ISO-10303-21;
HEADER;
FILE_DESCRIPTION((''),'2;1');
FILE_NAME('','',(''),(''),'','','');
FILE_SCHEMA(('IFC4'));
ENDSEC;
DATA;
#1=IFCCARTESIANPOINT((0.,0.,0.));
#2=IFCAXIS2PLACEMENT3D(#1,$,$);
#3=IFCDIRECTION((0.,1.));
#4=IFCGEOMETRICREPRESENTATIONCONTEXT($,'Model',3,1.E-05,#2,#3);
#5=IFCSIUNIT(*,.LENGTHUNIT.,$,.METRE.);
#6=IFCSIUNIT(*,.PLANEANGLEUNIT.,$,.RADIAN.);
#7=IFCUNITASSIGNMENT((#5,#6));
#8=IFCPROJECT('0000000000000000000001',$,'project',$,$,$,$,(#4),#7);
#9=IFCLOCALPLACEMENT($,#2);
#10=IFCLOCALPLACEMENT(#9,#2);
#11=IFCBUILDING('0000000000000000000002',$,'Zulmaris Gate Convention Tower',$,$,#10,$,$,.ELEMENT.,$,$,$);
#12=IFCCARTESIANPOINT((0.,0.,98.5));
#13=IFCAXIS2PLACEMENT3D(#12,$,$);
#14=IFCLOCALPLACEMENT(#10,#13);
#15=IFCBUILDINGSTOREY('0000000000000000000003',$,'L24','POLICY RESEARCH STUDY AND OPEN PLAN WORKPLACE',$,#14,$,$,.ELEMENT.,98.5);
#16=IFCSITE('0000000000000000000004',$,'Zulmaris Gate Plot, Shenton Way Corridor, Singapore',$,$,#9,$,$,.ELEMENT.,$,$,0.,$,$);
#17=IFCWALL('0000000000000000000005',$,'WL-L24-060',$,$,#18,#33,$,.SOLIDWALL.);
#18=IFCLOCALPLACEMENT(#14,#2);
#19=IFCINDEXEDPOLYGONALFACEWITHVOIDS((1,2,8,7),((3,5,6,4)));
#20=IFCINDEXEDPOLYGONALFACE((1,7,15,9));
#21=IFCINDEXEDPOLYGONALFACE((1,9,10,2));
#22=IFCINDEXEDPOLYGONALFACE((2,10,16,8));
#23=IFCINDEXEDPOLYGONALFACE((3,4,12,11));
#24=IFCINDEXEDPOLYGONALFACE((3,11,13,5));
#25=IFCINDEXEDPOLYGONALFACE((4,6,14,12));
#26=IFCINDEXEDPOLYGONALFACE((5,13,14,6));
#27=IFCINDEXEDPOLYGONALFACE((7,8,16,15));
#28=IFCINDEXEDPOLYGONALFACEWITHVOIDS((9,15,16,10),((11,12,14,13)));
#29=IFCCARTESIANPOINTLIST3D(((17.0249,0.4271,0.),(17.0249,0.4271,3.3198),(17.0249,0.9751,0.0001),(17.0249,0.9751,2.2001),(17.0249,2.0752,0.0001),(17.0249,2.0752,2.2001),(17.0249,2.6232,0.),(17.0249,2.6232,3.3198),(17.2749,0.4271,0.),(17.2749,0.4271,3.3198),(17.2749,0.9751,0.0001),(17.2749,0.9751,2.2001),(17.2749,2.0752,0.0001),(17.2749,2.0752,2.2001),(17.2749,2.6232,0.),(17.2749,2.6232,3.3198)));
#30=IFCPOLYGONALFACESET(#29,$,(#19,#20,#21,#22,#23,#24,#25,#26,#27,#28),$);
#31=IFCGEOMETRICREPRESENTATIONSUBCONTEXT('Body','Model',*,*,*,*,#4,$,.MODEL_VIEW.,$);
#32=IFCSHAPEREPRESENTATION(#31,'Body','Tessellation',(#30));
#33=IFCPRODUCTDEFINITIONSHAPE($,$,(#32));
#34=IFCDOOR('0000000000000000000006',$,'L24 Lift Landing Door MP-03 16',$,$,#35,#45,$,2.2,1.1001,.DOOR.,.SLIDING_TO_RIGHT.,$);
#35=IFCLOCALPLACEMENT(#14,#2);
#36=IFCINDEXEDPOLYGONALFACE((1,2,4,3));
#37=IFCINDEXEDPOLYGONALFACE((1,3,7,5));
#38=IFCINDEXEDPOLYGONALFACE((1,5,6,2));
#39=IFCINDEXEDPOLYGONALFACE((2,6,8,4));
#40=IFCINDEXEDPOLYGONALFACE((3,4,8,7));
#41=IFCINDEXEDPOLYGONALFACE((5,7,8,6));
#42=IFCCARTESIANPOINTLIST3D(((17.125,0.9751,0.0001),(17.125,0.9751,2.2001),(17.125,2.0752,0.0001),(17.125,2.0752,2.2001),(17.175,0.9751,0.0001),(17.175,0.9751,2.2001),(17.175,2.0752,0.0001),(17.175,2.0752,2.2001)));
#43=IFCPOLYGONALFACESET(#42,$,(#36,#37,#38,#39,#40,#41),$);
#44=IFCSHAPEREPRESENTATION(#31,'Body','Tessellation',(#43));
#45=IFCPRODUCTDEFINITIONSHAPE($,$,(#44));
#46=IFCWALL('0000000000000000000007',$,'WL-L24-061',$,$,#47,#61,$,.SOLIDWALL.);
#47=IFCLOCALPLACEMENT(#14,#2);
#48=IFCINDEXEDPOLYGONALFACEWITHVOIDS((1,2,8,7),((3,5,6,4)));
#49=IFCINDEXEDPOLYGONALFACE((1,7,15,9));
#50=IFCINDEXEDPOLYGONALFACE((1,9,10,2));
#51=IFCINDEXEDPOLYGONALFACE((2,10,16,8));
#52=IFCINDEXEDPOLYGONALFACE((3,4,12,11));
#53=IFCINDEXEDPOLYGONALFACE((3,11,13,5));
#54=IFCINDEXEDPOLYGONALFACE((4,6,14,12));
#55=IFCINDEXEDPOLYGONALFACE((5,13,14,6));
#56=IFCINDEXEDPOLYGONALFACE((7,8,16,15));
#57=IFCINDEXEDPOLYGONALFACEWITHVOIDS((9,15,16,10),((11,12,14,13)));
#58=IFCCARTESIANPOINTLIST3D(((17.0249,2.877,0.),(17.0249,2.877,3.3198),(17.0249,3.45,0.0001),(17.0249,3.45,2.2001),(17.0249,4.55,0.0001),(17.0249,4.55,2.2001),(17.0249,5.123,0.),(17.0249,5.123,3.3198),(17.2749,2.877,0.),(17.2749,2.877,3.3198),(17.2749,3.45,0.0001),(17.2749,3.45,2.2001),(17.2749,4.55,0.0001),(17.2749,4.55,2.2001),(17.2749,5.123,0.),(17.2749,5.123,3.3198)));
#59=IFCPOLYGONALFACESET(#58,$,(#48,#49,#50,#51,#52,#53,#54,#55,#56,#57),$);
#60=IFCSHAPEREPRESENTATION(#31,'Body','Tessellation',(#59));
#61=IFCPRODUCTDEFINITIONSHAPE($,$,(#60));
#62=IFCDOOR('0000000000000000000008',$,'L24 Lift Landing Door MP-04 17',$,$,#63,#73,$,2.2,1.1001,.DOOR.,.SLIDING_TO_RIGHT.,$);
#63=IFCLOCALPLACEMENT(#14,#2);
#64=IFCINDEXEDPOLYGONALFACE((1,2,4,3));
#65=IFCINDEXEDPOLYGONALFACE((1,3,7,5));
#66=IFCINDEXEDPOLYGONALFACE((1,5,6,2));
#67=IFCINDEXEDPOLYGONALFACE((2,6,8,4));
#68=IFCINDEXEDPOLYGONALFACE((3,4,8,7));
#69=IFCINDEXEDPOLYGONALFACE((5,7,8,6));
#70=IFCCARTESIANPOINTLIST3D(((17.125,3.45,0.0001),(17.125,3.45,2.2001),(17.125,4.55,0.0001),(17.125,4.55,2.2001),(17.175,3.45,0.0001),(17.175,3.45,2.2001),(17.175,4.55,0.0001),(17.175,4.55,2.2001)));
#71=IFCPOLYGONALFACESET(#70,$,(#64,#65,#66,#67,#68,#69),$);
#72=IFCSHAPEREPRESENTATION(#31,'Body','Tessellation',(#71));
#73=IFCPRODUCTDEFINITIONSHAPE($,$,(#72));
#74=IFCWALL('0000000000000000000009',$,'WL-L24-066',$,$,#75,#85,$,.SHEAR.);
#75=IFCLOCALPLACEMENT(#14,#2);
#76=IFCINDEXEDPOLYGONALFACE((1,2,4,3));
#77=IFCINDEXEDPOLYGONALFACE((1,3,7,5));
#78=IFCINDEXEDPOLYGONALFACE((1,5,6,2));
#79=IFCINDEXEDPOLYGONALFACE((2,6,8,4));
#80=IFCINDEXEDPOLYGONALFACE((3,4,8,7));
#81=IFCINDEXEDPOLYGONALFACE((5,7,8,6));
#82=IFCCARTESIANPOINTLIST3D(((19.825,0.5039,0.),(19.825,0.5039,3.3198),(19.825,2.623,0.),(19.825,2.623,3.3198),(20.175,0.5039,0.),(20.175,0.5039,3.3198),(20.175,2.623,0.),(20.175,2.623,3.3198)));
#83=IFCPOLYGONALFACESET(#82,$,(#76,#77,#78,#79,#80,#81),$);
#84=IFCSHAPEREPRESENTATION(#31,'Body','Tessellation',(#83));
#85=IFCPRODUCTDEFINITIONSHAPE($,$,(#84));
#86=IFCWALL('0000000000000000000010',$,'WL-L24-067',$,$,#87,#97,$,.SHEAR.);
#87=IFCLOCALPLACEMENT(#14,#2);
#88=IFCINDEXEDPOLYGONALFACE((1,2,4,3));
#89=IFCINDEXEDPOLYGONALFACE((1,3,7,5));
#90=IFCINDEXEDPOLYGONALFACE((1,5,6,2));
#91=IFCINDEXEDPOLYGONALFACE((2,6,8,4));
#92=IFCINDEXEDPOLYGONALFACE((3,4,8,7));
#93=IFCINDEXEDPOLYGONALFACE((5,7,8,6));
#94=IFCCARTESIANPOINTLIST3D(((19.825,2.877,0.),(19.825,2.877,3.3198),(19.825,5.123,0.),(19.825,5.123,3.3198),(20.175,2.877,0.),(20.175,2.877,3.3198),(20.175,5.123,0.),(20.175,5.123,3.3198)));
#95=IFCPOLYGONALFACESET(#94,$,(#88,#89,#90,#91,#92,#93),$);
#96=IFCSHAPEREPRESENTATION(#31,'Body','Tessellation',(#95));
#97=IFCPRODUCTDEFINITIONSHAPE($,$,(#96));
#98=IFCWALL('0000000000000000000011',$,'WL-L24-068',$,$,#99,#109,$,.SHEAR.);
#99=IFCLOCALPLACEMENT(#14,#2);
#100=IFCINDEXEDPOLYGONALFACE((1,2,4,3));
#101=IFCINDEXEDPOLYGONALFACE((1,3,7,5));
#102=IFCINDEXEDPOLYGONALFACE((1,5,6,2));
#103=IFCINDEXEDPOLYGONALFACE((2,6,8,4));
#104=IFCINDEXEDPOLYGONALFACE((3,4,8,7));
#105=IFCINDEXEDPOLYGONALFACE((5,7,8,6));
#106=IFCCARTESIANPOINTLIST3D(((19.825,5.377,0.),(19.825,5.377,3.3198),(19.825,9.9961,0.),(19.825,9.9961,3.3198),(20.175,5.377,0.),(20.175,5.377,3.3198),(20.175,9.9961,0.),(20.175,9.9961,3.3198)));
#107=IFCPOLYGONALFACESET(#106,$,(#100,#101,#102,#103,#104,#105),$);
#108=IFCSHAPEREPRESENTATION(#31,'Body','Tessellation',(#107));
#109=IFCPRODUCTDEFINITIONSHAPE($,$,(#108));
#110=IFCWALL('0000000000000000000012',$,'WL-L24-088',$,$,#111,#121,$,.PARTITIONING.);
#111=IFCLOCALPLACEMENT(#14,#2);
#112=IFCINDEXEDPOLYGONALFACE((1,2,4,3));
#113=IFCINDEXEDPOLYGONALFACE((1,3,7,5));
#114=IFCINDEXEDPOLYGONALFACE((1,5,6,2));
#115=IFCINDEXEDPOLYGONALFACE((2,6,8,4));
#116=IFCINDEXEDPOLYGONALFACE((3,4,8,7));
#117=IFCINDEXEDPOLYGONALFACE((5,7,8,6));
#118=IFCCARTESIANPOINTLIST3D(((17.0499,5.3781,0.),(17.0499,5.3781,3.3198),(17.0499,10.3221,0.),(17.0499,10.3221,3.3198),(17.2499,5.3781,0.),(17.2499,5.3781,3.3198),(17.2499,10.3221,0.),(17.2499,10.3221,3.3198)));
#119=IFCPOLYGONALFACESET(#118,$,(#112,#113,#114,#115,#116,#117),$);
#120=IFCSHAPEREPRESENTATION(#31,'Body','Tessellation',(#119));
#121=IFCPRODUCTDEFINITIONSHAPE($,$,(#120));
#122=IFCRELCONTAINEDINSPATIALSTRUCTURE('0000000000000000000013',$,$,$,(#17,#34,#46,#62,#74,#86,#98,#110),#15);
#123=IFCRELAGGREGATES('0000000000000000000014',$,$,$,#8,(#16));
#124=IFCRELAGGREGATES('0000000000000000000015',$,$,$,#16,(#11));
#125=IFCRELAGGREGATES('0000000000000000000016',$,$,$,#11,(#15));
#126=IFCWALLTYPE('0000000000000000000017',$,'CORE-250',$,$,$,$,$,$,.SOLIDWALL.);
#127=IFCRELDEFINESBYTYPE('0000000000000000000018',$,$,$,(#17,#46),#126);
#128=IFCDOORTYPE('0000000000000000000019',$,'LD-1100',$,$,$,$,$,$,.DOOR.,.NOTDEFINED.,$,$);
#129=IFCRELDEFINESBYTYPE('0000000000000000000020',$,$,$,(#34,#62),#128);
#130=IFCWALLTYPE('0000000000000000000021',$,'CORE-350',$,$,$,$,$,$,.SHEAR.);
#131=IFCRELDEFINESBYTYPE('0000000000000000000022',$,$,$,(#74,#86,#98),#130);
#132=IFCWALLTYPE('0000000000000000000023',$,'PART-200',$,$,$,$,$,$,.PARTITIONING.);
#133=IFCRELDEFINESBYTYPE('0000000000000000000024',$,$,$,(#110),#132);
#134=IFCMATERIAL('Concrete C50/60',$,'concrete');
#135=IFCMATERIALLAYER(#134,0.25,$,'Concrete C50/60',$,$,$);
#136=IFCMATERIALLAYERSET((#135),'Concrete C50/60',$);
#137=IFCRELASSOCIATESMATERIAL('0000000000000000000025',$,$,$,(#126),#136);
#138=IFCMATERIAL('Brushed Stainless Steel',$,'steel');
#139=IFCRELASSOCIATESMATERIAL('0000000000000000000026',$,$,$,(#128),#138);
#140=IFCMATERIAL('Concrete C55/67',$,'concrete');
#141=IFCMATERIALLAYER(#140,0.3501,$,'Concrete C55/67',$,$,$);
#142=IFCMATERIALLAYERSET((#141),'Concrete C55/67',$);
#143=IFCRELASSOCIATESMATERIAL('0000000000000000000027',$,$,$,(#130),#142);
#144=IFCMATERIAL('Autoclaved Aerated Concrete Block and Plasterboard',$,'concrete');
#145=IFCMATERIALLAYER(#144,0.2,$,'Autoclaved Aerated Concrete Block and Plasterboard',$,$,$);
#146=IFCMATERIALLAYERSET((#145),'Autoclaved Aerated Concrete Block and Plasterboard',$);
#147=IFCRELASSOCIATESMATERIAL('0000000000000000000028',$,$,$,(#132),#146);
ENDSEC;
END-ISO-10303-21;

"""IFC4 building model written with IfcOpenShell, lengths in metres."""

from ifc_helpers import new_model, si_unit, direction, frame, frame_2d, origin, place, context, subcontext, project, spatial, rectangle, extrude, material, layer, layer_set, type_object, element, fill, save


model = new_model("IFC4")

# Units and contexts
model_context = context("Model", 3, precision=1e-05, world=origin(), true_north=direction((0.0, 1.0)))
body_context = subcontext(model_context, "Body", "Model", "MODEL_VIEW")
ifc_project = project(units=[si_unit("LENGTHUNIT", "METRE"), si_unit("PLANEANGLEUNIT", "RADIAN")], contexts=[model_context])

# Site, building, storey
site_placement = place(None, origin())
site = spatial("IfcSite", under=ifc_project, at=site_placement, Name="Zulmaris Gate Plot, Shenton Way Corridor, Singapore", CompositionType="ELEMENT", RefElevation=0.0)
building_placement = place(site_placement, origin())
building = spatial("IfcBuilding", under=site, at=building_placement, Name="Zulmaris Gate Convention Tower", CompositionType="ELEMENT")
storey_placement = place(building_placement, frame((0.0, 0.0, 98.5)))
storey = spatial("IfcBuildingStorey", under=building, at=storey_placement, Name="L24", Description="POLICY RESEARCH STUDY AND OPEN PLAN WORKPLACE", CompositionType="ELEMENT", Elevation=98.5)

# Shared definitions
ifc_material_1 = material(Name="Concrete C50/60", Category="concrete")
ifc_layer_1 = layer(ifc_material_1, 0.25, Name="Concrete C50/60")
ifc_layer_set_1 = layer_set([ifc_layer_1], Name="Concrete C50/60")
wall_type_1 = type_object("IfcWallType", Name="CORE-250", PredefinedType="SOLIDWALL", material=ifc_layer_set_1)

# Walls, openings, doors
wall_1_placement = place(storey_placement, frame((17.1499, 0.427, 0.0), z_axis=(0.0, 0.0, 1.0), x_axis=(0.0, 1.0, 0.0)))
wall_1 = element("IfcWall", 1, at=wall_1_placement, inside=storey, type_object=wall_type_1, Name="WL-L24-060", PredefinedType="SOLIDWALL", context=body_context, shape_type="SweptSolid", body=[
    extrude(rectangle(XDim=2.196, YDim=0.25, at=frame_2d((1.0981, 0.0))), origin(), (0.0, 0.0, 1.0), 3.3198),
])
opening_1_placement = place(wall_1_placement, frame((0.5481, 0.0, 0.0)))
opening_1 = element("IfcOpeningElement", 2, at=opening_1_placement, cuts=wall_1, PredefinedType="OPENING", context=body_context, shape_type="SweptSolid", body=[
    extrude(rectangle(XDim=1.1001, YDim=2.2, at=frame_2d((0.55, 1.1001))), frame((0.0, 0.135, 0.0), z_axis=(0.0, -1.0, 0.0), x_axis=(1.0, 0.0, 0.0)), (0.0, 0.0, 1.0), 0.27),
])
ifc_material_2 = material(Name="Brushed Stainless Steel", Category="steel")
door_type = type_object("IfcDoorType", Name="LD-1100", OperationType="NOTDEFINED", PredefinedType="DOOR", material=ifc_material_2)
door_1_placement = place(opening_1_placement, origin())
door_1 = element("IfcDoor", 3, at=door_1_placement, inside=storey, type_object=door_type, Name="L24 Lift Landing Door MP-03 16", OperationType="SLIDING_TO_RIGHT", OverallHeight=2.2, OverallWidth=1.1001, PredefinedType="DOOR", context=body_context, shape_type="SweptSolid", body=[
    extrude(rectangle(XDim=1.1001, YDim=2.2, at=frame_2d((0.55, 1.1001))), frame((0.0, 0.0249, 0.0), z_axis=(0.0, -1.0, 0.0), x_axis=(1.0, 0.0, 0.0)), (0.0, 0.0, 1.0), 0.05),
])
fill(opening_1, door_1)
wall_2_placement = place(storey_placement, frame((17.1499, 2.877, 0.0), z_axis=(0.0, 0.0, 1.0), x_axis=(0.0, 1.0, 0.0)))
wall_2 = element("IfcWall", 4, at=wall_2_placement, inside=storey, type_object=wall_type_1, Name="WL-L24-061", PredefinedType="SOLIDWALL", context=body_context, shape_type="SweptSolid", body=[
    extrude(rectangle(XDim=2.2461, YDim=0.25, at=frame_2d((1.123, 0.0))), origin(), (0.0, 0.0, 1.0), 3.3198),
])
opening_2_placement = place(wall_2_placement, frame((0.573, 0.0, 0.0)))
opening_2 = element("IfcOpeningElement", 5, at=opening_2_placement, cuts=wall_2, PredefinedType="OPENING", context=body_context, shape_type="SweptSolid", body=[
    extrude(rectangle(XDim=1.1001, YDim=2.2, at=frame_2d((0.55, 1.1001))), frame((0.0, 0.135, 0.0), z_axis=(0.0, -1.0, 0.0), x_axis=(1.0, 0.0, 0.0)), (0.0, 0.0, 1.0), 0.27),
])
door_2_placement = place(opening_2_placement, origin())
door_2 = element("IfcDoor", 6, at=door_2_placement, inside=storey, type_object=door_type, Name="L24 Lift Landing Door MP-04 17", OperationType="SLIDING_TO_RIGHT", OverallHeight=2.2, OverallWidth=1.1001, PredefinedType="DOOR", context=body_context, shape_type="SweptSolid", body=[
    extrude(rectangle(XDim=1.1001, YDim=2.2, at=frame_2d((0.55, 1.1001))), frame((0.0, 0.0249, 0.0), z_axis=(0.0, -1.0, 0.0), x_axis=(1.0, 0.0, 0.0)), (0.0, 0.0, 1.0), 0.05),
])
fill(opening_2, door_2)

# Walls
ifc_material_3 = material(Name="Concrete C55/67", Category="concrete")
ifc_layer_2 = layer(ifc_material_3, 0.3501, Name="Concrete C55/67")
ifc_layer_set_2 = layer_set([ifc_layer_2], Name="Concrete C55/67")
wall_type_2 = type_object("IfcWallType", Name="CORE-350", PredefinedType="SHEAR", material=ifc_layer_set_2)
wall_3_placement = place(storey_placement, frame((20.0, 0.5039, 0.0), z_axis=(0.0, 0.0, 1.0), x_axis=(0.0, 1.0, 0.0)))
element("IfcWall", 7, at=wall_3_placement, inside=storey, type_object=wall_type_2, Name="WL-L24-066", PredefinedType="SHEAR", context=body_context, shape_type="SweptSolid", body=[
    extrude(rectangle(XDim=2.1191, YDim=0.3501, at=frame_2d((1.0596, 0.0))), origin(), (0.0, 0.0, 1.0), 3.3198),
])
wall_4_placement = place(storey_placement, frame((20.0, 2.877, 0.0), z_axis=(0.0, 0.0, 1.0), x_axis=(0.0, 1.0, 0.0)))
element("IfcWall", 8, at=wall_4_placement, inside=storey, type_object=wall_type_2, Name="WL-L24-067", PredefinedType="SHEAR", context=body_context, shape_type="SweptSolid", body=[
    extrude(rectangle(XDim=2.2461, YDim=0.3501, at=frame_2d((1.123, 0.0))), origin(), (0.0, 0.0, 1.0), 3.3198),
])
wall_5_placement = place(storey_placement, frame((20.0, 5.377, 0.0), z_axis=(0.0, 0.0, 1.0), x_axis=(0.0, 1.0, 0.0)))
element("IfcWall", 9, at=wall_5_placement, inside=storey, type_object=wall_type_2, Name="WL-L24-068", PredefinedType="SHEAR", context=body_context, shape_type="SweptSolid", body=[
    extrude(rectangle(XDim=4.6191, YDim=0.3501, at=frame_2d((2.3096, 0.0))), origin(), (0.0, 0.0, 1.0), 3.3198),
])
ifc_material_4 = material(Name="Autoclaved Aerated Concrete Block and Plasterboard", Category="concrete")
ifc_layer_3 = layer(ifc_material_4, 0.2, Name="Autoclaved Aerated Concrete Block and Plasterboard")
ifc_layer_set_3 = layer_set([ifc_layer_3], Name="Autoclaved Aerated Concrete Block and Plasterboard")
wall_type_3 = type_object("IfcWallType", Name="PART-200", PredefinedType="PARTITIONING", material=ifc_layer_set_3)
wall_6_placement = place(storey_placement, frame((17.1499, 5.3779, 0.0), z_axis=(0.0, 0.0, 1.0), x_axis=(0.0, 1.0, 0.0)))
element("IfcWall", 10, at=wall_6_placement, inside=storey, type_object=wall_type_3, Name="WL-L24-088", PredefinedType="PARTITIONING", context=body_context, shape_type="SweptSolid", body=[
    extrude(rectangle(XDim=4.9441, YDim=0.2, at=frame_2d((2.4722, 0.0))), origin(), (0.0, 0.0, 1.0), 3.3198),
])

save(model, "model.ifc")
